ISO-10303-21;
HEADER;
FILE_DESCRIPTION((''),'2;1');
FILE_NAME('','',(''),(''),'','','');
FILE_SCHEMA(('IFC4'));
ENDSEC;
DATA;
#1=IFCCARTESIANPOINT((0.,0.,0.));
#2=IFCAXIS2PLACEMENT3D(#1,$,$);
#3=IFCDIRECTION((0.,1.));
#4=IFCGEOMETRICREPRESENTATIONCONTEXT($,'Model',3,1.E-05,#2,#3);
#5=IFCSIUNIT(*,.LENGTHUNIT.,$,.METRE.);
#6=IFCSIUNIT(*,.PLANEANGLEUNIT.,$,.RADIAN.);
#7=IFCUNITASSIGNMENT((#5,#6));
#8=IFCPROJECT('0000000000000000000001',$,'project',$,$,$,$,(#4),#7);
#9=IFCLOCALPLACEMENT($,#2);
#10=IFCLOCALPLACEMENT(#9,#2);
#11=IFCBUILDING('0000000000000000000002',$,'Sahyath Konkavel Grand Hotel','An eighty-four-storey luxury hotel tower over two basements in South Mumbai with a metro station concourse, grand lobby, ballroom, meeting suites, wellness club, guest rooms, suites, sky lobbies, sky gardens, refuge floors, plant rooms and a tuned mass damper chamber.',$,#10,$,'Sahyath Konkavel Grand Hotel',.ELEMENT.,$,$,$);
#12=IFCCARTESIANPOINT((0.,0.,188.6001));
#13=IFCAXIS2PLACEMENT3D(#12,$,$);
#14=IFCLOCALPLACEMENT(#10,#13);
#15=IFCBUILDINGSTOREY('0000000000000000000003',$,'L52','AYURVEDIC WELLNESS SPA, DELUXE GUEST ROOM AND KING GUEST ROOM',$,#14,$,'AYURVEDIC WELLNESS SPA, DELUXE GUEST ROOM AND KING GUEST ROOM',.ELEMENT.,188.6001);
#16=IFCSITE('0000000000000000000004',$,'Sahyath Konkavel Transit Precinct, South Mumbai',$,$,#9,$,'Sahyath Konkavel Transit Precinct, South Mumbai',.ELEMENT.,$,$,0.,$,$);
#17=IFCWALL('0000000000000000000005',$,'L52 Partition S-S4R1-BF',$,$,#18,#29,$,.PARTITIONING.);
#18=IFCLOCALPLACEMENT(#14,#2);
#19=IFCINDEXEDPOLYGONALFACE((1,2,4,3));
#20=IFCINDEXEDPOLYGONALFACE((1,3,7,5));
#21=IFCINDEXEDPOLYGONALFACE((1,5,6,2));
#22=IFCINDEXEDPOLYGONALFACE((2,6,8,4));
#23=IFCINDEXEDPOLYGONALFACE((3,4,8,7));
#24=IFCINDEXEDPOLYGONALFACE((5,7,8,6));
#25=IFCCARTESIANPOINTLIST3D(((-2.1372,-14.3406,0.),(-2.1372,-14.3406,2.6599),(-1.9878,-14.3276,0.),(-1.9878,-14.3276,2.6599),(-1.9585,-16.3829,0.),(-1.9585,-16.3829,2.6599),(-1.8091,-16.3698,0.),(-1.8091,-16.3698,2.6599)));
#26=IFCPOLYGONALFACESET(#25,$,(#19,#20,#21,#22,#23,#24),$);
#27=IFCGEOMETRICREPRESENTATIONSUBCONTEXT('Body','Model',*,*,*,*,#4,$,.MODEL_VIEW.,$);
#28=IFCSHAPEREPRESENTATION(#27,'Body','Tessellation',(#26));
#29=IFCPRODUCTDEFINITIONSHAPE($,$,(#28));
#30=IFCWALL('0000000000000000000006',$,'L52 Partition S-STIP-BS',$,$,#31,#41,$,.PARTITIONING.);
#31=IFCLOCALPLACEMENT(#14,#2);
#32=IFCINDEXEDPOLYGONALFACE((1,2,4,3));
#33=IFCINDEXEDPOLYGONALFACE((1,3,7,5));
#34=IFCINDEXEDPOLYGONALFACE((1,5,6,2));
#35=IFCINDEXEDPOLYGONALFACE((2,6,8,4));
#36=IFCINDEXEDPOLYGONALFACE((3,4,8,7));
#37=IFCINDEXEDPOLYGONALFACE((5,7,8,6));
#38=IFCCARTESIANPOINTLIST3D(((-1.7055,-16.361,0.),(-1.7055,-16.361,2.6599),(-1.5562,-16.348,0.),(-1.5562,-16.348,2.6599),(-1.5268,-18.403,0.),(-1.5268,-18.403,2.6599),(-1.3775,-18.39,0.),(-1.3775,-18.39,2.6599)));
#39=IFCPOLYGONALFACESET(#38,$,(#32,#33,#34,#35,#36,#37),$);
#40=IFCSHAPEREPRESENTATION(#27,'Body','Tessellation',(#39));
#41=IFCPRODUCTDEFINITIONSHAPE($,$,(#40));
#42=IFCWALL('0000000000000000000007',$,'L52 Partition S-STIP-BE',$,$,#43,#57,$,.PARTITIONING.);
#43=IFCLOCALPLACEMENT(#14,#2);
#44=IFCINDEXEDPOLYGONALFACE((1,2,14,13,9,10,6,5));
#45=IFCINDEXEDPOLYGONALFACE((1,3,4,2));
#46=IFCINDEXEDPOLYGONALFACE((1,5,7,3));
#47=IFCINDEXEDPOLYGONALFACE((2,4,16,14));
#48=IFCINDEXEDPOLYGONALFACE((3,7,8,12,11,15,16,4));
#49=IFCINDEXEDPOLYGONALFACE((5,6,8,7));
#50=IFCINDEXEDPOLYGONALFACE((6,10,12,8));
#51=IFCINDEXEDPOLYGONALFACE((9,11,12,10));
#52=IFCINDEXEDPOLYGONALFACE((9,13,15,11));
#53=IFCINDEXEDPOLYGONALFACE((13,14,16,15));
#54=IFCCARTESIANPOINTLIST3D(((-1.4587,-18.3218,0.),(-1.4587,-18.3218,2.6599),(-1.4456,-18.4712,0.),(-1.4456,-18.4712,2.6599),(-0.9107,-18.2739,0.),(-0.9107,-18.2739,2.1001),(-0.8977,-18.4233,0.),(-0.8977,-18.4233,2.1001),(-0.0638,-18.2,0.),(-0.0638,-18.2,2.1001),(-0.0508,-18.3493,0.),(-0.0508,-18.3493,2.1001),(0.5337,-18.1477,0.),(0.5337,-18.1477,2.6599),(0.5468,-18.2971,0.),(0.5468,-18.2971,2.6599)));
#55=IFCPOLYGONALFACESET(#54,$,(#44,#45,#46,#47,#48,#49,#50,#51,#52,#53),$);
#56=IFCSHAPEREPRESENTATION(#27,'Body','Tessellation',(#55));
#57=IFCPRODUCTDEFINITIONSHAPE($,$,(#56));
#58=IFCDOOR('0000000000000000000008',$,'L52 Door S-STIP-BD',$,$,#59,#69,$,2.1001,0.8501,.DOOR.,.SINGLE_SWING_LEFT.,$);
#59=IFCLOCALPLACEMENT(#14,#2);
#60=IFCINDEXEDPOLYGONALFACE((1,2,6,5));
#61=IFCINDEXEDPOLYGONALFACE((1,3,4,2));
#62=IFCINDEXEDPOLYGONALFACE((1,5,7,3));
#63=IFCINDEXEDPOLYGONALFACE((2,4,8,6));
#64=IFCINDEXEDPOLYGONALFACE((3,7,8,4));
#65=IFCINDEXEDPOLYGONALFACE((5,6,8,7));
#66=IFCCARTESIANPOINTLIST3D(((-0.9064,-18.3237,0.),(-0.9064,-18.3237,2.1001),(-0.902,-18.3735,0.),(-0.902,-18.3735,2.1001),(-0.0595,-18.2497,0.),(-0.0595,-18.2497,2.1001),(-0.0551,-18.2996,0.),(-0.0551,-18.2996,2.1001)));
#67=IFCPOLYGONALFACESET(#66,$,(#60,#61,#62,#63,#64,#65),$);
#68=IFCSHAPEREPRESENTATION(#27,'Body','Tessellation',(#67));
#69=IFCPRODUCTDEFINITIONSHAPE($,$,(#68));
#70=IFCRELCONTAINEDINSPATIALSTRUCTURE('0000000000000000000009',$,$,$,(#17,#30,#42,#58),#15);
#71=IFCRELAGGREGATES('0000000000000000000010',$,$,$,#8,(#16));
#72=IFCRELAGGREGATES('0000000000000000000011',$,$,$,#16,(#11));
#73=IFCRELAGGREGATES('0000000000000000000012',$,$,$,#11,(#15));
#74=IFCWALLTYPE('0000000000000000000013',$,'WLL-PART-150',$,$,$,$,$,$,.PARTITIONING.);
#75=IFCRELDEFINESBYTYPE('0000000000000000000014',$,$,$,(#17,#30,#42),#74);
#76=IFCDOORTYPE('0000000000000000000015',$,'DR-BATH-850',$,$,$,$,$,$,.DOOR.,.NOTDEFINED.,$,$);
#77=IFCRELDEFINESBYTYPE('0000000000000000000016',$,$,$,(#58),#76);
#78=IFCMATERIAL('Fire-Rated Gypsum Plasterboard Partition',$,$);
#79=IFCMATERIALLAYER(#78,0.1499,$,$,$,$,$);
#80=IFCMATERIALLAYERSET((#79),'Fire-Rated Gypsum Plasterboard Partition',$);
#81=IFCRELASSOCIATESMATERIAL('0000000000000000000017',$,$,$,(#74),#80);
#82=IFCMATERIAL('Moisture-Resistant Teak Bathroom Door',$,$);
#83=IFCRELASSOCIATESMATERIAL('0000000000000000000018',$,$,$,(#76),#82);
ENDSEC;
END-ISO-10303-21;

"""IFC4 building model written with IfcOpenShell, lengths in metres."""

from ifc_helpers import new_model, si_unit, direction, frame, frame_2d, origin, origin_2d, place, context, subcontext, project, spatial, rectangle, extrude, source, transform, mapped, material, layer, layer_set, type_object, element, fill, save


model = new_model("IFC4")

# Units and contexts
model_context = context("Model", 3, precision=1e-05, world=origin(), true_north=direction((0.0, 1.0)))
body_context = subcontext(model_context, "Body", "Model", "MODEL_VIEW")
ifc_project = project(units=[si_unit("LENGTHUNIT", "METRE"), si_unit("PLANEANGLEUNIT", "RADIAN")], contexts=[model_context])

# Site, building, storey
site_placement = place(None, origin())
site = spatial("IfcSite", under=ifc_project, at=site_placement, Name="Sahyath Konkavel Transit Precinct, South Mumbai", LongName="Sahyath Konkavel Transit Precinct, South Mumbai", CompositionType="ELEMENT", RefElevation=0.0)
building_placement = place(site_placement, origin())
building = spatial("IfcBuilding", under=site, at=building_placement, Name="Sahyath Konkavel Grand Hotel", Description="An eighty-four-storey luxury hotel tower over two basements in South Mumbai with a metro station concourse, grand lobby, ballroom, meeting suites, wellness club, guest rooms, suites, sky lobbies, sky gardens, refuge floors, plant rooms and a tuned mass damper chamber.", LongName="Sahyath Konkavel Grand Hotel", CompositionType="ELEMENT")
storey_placement = place(building_placement, frame((0.0, 0.0, 188.6001)))
storey = spatial("IfcBuildingStorey", under=building, at=storey_placement, Name="L52", Description="AYURVEDIC WELLNESS SPA, DELUXE GUEST ROOM AND KING GUEST ROOM", LongName="AYURVEDIC WELLNESS SPA, DELUXE GUEST ROOM AND KING GUEST ROOM", CompositionType="ELEMENT", Elevation=188.6001)

# Shared definitions
shared_shape_1 = source(origin(), body_context, "Body", "SweptSolid", [
    extrude(rectangle(XDim=0.8501, YDim=0.05, at=origin_2d()), origin(), (0.0, 0.0, 1.0), 2.1001),
])

# Walls
ifc_material_1 = material(Name="Fire-Rated Gypsum Plasterboard Partition")
ifc_layer_1 = layer(ifc_material_1, 0.1499)
ifc_layer_set_1 = layer_set([ifc_layer_1], Name="Fire-Rated Gypsum Plasterboard Partition")
wall_type_1 = type_object("IfcWallType", Name="WLL-PART-150", PredefinedType="PARTITIONING", material=ifc_layer_set_1)
wall_1_placement = place(storey_placement, frame((-2.0625, -14.3342, 0.0), z_axis=(0.0, 0.0, 1.0), x_axis=(0.087174, -0.996193, 0.0)))
element("IfcWall", 1, at=wall_1_placement, inside=storey, type_object=wall_type_1, Name="L52 Partition S-S4R1-BF", PredefinedType="PARTITIONING", context=body_context, shape_type="SweptSolid", body=[
    extrude(rectangle(XDim=2.05, YDim=0.1499, at=frame_2d((1.0249, 0.0))), origin(), (0.0, 0.0, 1.0), 2.6599),
])
wall_2_placement = place(storey_placement, frame((-1.6309, -16.3545, 0.0), z_axis=(0.0, 0.0, 1.0), x_axis=(0.087185, -0.996192, 0.0)))
element("IfcWall", 2, at=wall_2_placement, inside=storey, type_object=wall_type_1, Name="L52 Partition S-STIP-BS", PredefinedType="PARTITIONING", context=body_context, shape_type="SweptSolid", body=[
    extrude(rectangle(XDim=2.0498, YDim=0.1499, at=frame_2d((1.0249, 0.0))), origin(), (0.0, 0.0, 1.0), 2.6599),
])

# Wall, opening, door
wall_3_placement = place(storey_placement, frame((-1.4521, -18.3965, 0.0), z_axis=(0.0, 0.0, 1.0), x_axis=(0.996205, 0.087035, 0.0)))
wall_3 = element("IfcWall", 3, at=wall_3_placement, inside=storey, type_object=wall_type_1, Name="L52 Partition S-STIP-BE", PredefinedType="PARTITIONING", context=body_context, shape_type="SweptSolid", body=[
    extrude(rectangle(XDim=2.0, YDim=0.1499, at=frame_2d((1.0, 0.0))), origin(), (0.0, 0.0, 1.0), 2.6599),
])
opening_1_placement = place(wall_3_placement, frame((0.55, 0.0, 0.0)))
opening_1 = element("IfcOpeningElement", 4, at=opening_1_placement, cuts=wall_3, PredefinedType="OPENING", context=body_context, shape_type="SweptSolid", body=[
    extrude(rectangle(XDim=0.8501, YDim=2.1001, at=frame_2d((0.425, 1.05))), frame((0.0, 0.085, 0.0), z_axis=(0.0, -1.0, 0.0), x_axis=(1.0, 0.0, 0.0)), (0.0, 0.0, 1.0), 0.1699),
])
ifc_material_2 = material(Name="Moisture-Resistant Teak Bathroom Door")
door_type_1 = type_object("IfcDoorType", Name="DR-BATH-850", OperationType="NOTDEFINED", PredefinedType="DOOR", material=ifc_material_2)
door_1_placement = place(opening_1_placement, frame((0.425, 0.0, 0.0)))
door_1 = element("IfcDoor", 5, at=door_1_placement, inside=storey, type_object=door_type_1, Name="L52 Door S-STIP-BD", OperationType="SINGLE_SWING_LEFT", OverallHeight=2.1001, OverallWidth=0.8501, PredefinedType="DOOR", context=body_context, shape_type="MappedRepresentation", body=[
    mapped(shared_shape_1, transform((0.0, 0.0, 0.0), scale=1.0)),
])
fill(opening_1, door_1)

save(model, "model.ifc")
